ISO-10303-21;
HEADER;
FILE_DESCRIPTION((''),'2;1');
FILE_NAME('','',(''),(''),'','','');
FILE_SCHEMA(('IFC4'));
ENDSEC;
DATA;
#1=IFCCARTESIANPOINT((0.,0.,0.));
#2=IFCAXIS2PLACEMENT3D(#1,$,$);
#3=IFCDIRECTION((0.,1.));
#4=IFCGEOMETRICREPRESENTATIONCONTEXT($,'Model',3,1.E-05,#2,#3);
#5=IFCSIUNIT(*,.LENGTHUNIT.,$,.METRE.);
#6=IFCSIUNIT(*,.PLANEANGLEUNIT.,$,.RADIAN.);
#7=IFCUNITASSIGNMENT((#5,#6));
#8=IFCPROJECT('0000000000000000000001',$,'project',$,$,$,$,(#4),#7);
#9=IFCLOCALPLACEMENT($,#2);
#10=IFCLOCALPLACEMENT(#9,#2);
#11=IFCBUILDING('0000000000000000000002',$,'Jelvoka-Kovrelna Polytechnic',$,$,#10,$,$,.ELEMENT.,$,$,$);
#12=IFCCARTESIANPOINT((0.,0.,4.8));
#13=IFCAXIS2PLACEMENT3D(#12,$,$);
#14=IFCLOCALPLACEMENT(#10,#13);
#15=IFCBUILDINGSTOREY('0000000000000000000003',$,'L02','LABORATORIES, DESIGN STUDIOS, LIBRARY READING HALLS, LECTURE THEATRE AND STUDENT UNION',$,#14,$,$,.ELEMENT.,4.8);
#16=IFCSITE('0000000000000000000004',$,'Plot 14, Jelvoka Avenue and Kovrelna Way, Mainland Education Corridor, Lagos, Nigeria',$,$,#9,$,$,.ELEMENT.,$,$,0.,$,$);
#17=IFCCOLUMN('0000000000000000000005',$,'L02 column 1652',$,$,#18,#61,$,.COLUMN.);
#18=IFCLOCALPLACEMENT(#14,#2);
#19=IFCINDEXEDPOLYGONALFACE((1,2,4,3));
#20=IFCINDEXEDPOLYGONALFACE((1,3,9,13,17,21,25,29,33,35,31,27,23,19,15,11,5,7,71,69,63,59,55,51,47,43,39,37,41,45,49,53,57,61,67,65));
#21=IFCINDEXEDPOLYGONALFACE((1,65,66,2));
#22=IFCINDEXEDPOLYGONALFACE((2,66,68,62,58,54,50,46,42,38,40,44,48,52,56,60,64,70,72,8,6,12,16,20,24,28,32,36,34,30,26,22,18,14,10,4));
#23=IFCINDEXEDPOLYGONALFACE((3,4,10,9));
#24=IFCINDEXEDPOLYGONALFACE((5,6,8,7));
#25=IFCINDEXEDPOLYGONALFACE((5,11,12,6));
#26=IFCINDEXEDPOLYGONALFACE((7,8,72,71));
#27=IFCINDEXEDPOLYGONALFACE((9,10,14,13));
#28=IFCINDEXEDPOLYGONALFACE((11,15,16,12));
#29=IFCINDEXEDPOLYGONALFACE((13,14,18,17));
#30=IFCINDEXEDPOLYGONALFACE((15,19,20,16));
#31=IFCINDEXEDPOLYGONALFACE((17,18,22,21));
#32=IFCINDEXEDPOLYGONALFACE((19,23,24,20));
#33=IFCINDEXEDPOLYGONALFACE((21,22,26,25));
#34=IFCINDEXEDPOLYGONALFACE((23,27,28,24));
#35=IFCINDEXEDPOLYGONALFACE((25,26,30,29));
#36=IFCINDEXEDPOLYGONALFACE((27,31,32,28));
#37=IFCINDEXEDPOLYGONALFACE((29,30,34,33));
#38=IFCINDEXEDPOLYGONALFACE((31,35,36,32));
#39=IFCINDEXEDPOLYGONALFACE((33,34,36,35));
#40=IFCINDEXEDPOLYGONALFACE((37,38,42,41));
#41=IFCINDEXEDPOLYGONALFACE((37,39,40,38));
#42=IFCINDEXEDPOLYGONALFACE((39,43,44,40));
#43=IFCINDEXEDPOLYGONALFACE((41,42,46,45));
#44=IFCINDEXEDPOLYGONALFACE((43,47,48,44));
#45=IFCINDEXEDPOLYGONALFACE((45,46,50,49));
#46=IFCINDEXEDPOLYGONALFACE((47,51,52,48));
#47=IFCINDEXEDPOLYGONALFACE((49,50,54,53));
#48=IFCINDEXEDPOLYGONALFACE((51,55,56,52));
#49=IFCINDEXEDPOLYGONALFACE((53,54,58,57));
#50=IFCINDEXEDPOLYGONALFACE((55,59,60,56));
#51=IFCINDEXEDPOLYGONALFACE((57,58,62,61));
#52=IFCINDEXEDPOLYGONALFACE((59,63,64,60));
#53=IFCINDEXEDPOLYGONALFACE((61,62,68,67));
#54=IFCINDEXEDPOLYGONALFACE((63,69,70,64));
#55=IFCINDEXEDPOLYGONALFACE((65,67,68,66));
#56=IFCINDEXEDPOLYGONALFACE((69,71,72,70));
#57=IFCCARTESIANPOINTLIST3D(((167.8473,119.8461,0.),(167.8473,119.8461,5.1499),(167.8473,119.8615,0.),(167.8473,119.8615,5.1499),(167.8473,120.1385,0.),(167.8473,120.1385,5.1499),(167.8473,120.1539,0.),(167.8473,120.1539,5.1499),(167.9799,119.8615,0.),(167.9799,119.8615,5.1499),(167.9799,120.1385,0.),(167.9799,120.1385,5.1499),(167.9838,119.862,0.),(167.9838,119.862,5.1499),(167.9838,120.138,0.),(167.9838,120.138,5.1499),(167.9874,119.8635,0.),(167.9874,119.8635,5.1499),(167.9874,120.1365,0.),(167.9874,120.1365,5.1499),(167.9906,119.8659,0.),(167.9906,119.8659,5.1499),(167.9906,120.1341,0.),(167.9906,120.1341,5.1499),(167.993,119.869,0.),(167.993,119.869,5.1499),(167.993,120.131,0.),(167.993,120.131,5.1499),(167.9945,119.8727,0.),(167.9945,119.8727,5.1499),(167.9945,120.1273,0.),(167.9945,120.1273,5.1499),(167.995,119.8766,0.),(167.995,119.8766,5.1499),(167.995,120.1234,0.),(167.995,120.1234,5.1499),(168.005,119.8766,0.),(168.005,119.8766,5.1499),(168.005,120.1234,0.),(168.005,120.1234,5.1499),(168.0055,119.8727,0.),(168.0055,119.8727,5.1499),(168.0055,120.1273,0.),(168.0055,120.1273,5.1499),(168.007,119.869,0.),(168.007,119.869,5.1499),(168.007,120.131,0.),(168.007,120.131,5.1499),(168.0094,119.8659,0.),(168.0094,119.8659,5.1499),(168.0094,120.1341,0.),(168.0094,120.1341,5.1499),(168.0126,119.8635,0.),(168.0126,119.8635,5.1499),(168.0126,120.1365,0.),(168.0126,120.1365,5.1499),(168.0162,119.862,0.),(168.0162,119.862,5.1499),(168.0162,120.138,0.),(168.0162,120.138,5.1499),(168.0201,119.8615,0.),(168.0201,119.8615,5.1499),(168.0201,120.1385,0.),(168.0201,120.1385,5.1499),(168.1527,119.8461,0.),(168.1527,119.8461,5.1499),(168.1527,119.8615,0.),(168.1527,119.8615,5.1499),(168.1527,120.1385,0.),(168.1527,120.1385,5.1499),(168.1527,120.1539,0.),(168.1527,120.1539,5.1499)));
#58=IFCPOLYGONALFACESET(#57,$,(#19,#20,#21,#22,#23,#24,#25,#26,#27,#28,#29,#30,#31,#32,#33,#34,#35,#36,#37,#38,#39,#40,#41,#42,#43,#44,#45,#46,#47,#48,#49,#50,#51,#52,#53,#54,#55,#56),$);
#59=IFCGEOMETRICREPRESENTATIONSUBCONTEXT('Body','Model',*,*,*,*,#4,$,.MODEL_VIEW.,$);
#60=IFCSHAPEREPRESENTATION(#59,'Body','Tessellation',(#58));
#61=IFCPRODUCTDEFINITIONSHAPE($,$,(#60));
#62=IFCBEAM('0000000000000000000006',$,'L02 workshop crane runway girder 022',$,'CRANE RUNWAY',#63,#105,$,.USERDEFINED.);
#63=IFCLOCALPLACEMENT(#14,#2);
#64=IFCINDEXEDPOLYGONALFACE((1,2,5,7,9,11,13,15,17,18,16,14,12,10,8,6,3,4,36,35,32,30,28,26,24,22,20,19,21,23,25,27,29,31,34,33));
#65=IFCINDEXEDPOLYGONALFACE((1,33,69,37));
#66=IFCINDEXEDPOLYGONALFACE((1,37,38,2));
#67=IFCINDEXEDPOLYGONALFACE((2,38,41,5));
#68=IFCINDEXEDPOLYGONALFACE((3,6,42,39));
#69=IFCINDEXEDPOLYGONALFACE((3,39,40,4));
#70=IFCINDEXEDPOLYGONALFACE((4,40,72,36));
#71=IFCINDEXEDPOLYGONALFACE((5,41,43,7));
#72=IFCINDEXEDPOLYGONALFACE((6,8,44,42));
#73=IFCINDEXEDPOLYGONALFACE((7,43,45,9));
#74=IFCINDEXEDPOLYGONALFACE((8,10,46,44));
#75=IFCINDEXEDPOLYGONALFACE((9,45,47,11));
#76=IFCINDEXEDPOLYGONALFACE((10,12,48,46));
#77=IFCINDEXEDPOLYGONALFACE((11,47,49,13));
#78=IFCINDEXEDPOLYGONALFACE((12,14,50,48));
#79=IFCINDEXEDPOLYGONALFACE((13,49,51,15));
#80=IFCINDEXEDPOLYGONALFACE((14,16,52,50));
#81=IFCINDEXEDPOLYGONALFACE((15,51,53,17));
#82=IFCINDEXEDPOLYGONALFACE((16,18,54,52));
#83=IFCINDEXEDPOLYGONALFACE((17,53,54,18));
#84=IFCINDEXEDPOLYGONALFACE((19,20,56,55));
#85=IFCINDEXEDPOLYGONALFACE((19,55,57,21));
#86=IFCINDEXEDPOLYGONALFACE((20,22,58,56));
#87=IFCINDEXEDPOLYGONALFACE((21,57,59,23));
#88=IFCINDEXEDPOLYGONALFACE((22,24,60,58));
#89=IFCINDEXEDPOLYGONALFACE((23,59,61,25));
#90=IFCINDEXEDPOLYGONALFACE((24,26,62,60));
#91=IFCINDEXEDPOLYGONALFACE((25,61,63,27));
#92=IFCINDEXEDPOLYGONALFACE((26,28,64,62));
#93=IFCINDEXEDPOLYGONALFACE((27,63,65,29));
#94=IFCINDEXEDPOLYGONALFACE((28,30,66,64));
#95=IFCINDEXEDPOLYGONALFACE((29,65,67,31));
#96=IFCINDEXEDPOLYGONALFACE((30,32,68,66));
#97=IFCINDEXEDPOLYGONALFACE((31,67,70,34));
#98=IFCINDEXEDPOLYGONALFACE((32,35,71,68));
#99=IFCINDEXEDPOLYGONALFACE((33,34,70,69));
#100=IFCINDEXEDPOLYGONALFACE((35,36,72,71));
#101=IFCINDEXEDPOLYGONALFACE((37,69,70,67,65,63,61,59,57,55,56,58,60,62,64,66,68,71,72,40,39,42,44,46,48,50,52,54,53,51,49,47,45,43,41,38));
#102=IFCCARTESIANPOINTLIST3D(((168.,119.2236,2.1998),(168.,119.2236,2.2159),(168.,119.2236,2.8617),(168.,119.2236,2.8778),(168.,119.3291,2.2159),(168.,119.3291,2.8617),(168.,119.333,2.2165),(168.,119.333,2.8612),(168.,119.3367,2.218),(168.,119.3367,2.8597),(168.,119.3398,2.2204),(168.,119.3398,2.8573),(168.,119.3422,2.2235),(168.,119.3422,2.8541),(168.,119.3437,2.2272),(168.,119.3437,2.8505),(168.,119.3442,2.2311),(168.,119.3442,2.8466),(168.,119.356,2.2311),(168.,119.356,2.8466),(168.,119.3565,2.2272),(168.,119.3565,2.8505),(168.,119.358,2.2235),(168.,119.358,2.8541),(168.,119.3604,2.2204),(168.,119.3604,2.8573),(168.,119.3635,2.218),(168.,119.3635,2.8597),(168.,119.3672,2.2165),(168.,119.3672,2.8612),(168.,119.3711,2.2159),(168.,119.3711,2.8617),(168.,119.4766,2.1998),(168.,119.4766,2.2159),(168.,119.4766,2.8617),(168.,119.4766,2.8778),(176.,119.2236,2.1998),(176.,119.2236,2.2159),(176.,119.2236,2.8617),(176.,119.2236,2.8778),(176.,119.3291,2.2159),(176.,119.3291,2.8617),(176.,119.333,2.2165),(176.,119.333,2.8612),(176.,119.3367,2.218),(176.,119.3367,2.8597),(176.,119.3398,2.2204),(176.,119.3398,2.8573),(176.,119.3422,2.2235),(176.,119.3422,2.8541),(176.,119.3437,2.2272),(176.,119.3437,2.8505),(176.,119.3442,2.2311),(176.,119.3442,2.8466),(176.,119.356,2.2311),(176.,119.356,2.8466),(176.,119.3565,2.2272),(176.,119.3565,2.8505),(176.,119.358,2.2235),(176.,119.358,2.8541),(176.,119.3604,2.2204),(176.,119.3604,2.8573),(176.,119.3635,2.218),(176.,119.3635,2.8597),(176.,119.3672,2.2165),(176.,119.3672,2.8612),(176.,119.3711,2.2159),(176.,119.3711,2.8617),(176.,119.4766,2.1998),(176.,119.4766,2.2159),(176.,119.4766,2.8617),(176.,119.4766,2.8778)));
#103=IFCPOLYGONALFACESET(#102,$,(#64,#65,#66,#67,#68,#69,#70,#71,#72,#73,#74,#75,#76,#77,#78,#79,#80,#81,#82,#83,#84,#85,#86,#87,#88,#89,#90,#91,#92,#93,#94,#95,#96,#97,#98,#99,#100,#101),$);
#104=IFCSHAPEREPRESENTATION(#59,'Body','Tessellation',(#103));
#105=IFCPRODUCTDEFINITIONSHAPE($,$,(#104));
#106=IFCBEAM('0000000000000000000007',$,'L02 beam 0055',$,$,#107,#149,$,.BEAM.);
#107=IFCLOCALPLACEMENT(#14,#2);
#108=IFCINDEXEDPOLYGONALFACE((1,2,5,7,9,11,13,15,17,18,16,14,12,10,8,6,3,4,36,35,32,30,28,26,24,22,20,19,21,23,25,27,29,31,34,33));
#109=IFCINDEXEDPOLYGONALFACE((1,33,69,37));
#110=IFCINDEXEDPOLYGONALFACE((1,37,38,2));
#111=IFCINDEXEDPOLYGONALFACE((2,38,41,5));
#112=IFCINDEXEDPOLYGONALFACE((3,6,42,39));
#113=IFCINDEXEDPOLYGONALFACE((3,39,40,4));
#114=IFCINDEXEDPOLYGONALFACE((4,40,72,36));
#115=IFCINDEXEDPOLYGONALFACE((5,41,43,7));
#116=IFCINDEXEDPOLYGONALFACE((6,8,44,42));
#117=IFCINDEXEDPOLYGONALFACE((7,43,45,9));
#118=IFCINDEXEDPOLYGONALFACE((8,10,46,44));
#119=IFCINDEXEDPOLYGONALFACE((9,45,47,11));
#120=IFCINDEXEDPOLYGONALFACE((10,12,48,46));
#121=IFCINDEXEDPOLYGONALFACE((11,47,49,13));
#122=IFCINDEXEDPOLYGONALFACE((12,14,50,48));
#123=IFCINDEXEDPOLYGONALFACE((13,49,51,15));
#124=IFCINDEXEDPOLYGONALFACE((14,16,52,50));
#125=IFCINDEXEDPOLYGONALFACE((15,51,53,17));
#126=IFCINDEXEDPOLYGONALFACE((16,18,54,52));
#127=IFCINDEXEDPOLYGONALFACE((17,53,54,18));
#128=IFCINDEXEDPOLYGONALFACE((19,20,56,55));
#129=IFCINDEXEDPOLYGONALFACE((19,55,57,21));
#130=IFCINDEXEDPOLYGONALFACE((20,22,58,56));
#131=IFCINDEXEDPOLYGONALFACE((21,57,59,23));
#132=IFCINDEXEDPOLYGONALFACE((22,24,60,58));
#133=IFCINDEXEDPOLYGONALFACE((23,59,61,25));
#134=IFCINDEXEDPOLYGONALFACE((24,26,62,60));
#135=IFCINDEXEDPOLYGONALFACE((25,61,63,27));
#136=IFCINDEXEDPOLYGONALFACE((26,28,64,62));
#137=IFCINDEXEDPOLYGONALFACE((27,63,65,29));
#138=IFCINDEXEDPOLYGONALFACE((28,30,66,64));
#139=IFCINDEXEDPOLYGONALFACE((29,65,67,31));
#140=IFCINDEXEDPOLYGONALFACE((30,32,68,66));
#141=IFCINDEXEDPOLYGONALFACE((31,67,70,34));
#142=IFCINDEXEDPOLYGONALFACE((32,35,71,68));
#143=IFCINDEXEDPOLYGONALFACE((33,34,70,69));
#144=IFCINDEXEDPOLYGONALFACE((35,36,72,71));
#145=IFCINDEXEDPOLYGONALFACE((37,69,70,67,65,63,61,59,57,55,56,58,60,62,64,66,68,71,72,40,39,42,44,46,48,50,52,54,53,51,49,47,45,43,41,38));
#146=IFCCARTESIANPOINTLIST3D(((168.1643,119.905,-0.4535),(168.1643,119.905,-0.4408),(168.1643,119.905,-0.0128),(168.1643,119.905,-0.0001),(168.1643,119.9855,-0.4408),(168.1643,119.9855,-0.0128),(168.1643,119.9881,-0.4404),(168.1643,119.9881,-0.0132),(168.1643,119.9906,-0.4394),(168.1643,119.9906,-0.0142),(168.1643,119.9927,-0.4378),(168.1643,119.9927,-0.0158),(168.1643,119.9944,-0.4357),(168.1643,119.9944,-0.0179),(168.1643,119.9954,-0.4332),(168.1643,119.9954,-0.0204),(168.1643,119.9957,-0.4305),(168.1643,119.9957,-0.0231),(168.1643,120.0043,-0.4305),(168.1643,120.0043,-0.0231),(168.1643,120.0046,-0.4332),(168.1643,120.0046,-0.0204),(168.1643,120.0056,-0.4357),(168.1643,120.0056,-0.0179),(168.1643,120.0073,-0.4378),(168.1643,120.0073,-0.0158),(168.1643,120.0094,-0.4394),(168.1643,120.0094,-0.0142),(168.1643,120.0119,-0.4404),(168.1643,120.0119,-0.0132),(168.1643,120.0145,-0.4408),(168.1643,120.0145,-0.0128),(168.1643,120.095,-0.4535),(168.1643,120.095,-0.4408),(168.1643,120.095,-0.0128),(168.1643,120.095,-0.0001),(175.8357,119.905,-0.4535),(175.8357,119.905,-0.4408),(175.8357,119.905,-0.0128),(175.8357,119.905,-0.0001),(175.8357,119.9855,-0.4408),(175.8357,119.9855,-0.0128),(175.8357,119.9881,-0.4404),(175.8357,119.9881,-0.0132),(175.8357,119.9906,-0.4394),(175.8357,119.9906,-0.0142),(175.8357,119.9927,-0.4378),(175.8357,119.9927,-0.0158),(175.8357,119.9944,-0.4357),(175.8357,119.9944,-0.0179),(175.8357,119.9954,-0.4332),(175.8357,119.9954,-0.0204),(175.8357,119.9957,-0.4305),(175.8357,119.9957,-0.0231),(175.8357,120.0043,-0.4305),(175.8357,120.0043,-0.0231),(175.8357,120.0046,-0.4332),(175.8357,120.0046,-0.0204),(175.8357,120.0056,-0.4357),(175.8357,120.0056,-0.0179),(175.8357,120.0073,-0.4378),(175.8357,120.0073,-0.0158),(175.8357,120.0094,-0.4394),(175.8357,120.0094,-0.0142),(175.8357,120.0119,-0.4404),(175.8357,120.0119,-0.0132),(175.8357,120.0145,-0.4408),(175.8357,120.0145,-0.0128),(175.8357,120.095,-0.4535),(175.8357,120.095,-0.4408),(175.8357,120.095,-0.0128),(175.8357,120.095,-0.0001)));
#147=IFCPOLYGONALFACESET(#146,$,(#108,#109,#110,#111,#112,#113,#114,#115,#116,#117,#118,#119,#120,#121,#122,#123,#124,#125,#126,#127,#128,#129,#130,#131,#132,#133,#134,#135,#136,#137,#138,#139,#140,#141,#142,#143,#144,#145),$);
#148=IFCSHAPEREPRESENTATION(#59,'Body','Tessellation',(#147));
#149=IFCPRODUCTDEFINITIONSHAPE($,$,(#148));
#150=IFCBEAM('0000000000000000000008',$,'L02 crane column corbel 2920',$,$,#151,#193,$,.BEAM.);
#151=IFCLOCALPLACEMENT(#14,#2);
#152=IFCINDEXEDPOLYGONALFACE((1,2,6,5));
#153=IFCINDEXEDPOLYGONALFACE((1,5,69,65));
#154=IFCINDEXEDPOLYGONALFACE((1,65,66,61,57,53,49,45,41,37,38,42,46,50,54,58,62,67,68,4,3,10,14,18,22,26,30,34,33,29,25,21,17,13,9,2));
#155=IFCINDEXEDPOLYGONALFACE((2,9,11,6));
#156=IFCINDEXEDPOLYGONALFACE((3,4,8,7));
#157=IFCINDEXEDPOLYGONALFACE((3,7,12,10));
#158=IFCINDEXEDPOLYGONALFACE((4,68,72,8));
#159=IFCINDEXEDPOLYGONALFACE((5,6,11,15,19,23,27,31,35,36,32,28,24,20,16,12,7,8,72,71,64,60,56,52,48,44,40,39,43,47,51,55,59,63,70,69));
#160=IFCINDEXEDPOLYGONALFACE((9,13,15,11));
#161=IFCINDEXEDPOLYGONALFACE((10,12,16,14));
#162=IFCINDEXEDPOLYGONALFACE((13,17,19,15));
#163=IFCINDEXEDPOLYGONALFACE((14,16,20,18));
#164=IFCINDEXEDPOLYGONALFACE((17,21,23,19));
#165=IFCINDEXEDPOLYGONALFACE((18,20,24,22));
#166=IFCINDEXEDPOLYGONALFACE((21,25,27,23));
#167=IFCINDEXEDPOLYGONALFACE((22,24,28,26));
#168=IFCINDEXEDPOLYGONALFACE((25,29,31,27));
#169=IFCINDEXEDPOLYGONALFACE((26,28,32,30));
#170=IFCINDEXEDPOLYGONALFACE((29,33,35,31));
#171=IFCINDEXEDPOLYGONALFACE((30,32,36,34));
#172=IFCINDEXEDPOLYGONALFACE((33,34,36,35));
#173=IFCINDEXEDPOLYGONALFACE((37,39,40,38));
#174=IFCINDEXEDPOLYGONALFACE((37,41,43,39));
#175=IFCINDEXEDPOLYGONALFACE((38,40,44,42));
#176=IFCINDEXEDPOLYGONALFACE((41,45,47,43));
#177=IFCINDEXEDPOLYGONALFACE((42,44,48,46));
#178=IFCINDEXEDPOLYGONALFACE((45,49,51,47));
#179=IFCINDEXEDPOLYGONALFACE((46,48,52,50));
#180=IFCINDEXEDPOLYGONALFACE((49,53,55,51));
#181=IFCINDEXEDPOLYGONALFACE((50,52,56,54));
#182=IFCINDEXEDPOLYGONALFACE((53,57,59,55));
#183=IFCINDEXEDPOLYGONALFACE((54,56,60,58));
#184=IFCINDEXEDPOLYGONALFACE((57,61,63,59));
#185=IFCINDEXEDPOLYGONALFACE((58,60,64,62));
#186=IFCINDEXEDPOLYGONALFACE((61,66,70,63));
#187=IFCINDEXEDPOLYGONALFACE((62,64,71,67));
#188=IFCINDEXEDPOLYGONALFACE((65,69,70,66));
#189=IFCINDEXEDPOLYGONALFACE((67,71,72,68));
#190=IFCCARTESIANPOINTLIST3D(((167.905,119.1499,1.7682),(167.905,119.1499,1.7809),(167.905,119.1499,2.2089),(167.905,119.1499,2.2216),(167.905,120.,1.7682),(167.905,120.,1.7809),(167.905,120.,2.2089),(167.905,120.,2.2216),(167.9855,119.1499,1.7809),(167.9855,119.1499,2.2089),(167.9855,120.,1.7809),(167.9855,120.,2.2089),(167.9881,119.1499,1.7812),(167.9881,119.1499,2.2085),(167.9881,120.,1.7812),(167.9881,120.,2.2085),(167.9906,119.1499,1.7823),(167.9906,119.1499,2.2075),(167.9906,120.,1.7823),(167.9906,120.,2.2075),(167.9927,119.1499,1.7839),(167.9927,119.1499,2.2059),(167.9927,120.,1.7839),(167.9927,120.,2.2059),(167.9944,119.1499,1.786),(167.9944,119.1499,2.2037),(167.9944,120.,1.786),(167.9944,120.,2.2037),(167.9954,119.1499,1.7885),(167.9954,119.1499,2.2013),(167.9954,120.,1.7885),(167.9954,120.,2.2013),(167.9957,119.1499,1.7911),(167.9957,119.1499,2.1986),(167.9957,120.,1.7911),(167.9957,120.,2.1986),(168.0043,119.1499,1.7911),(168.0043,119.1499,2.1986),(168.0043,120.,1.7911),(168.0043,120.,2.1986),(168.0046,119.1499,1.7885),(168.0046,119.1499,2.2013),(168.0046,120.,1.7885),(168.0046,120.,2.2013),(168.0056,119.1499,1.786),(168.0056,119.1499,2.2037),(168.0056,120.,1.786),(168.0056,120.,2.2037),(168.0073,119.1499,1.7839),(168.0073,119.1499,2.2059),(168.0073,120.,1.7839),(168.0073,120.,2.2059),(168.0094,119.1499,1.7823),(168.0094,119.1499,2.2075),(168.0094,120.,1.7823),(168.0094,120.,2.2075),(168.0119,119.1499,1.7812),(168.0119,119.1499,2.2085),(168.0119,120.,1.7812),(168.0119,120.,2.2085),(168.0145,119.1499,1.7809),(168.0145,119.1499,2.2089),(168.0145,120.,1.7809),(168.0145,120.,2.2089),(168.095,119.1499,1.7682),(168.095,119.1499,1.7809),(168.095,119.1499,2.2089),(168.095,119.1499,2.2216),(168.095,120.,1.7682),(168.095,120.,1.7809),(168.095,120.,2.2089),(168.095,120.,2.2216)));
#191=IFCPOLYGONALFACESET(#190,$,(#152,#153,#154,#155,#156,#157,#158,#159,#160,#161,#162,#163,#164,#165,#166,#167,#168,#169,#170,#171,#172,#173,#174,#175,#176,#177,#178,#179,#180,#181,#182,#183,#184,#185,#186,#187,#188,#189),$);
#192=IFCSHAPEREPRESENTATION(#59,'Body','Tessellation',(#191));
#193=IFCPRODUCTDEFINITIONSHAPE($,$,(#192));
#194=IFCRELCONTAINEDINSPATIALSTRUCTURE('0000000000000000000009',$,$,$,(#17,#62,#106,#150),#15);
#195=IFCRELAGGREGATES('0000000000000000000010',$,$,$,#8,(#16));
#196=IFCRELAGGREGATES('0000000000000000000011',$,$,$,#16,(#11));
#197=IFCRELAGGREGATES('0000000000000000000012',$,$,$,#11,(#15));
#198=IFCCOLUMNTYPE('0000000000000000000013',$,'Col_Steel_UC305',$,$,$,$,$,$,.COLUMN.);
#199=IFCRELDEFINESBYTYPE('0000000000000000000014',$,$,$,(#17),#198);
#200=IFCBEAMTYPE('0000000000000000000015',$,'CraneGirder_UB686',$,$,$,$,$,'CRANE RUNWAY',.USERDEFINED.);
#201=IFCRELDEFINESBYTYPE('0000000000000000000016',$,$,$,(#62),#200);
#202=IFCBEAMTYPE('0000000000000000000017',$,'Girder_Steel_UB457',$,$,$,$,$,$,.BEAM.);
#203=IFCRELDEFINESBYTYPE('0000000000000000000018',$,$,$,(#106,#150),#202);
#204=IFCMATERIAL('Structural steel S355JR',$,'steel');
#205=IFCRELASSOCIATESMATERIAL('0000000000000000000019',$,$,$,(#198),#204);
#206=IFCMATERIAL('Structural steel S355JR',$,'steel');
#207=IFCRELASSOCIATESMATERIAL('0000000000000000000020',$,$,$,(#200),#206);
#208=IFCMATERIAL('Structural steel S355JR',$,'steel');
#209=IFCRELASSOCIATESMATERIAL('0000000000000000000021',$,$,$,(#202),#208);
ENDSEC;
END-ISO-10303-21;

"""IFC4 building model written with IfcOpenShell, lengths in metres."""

from ifc_helpers import new_model, si_unit, direction, frame, origin, origin_2d, place, context, subcontext, project, spatial, i_section, extrude, material, material_profile, profile_set, type_object, element, save


model = new_model("IFC4")

# Units and contexts
model_context = context("Model", 3, precision=1e-05, world=origin(), true_north=direction((0.0, 1.0)))
body_context = subcontext(model_context, "Body", "Model", "MODEL_VIEW")
ifc_project = project(units=[si_unit("LENGTHUNIT", "METRE"), si_unit("PLANEANGLEUNIT", "RADIAN")], contexts=[model_context])

# Site, building, storey
site_placement = place(None, origin())
site = spatial("IfcSite", under=ifc_project, at=site_placement, Name="Plot 14, Jelvoka Avenue and Kovrelna Way, Mainland Education Corridor, Lagos, Nigeria", CompositionType="ELEMENT", RefElevation=0.0)
building_placement = place(site_placement, origin())
building = spatial("IfcBuilding", under=site, at=building_placement, Name="Jelvoka-Kovrelna Polytechnic", CompositionType="ELEMENT")
storey_placement = place(building_placement, frame((0.0, 0.0, 4.8)))
storey = spatial("IfcBuildingStorey", under=building, at=storey_placement, Name="L02", Description="LABORATORIES, DESIGN STUDIOS, LIBRARY READING HALLS, LECTURE THEATRE AND STUDENT UNION", CompositionType="ELEMENT", Elevation=4.8)

# Column
ifc_material_1 = material(Name="Structural steel S355JR", Category="steel")
ifc_material_profile_1 = material_profile(ifc_material_1, i_section(OverallWidth=0.3054, OverallDepth=0.3079, WebThickness=0.01, FlangeThickness=0.0154, FilletRadius=0.0151, at=origin_2d()), Name="305x305x97 UC")
ifc_profile_set_1 = profile_set([ifc_material_profile_1], Name="Structural steel S355JR")
column_type = type_object("IfcColumnType", Name="Col_Steel_UC305", PredefinedType="COLUMN", material=ifc_profile_set_1)
column_placement = place(storey_placement, frame((168.0, 120.0, 0.0), z_axis=(0.0, 0.0, 1.0), x_axis=(1.0, 0.0, 0.0)))
element("IfcColumn", 1, at=column_placement, inside=storey, type_object=column_type, Name="L02 column 1652", PredefinedType="COLUMN", context=body_context, shape_type="SweptSolid", body=[
    extrude(i_section(OverallWidth=0.3054, OverallDepth=0.3079, WebThickness=0.01, FlangeThickness=0.0154, FilletRadius=0.0151, at=origin_2d()), origin(), (0.0, 0.0, 1.0), 5.1499),
])

# Beams
ifc_material_2 = material(Name="Structural steel S355JR", Category="steel")
ifc_material_profile_2 = material_profile(ifc_material_2, i_section(OverallWidth=0.2529, OverallDepth=0.678, WebThickness=0.0117, FlangeThickness=0.0161, FilletRadius=0.0151, at=origin_2d()), Name="686x254x125 UB")
ifc_profile_set_2 = profile_set([ifc_material_profile_2], Name="Structural steel S355JR")
beam_type_1 = type_object("IfcBeamType", Name="CraneGirder_UB686", ElementType="CRANE RUNWAY", PredefinedType="USERDEFINED", material=ifc_profile_set_2)
beam_1_placement = place(storey_placement, frame((168.0, 119.3501, 2.5388), z_axis=(1.0, 0.0, 0.0), x_axis=(0.0, 1.0, 0.0)))
element("IfcBeam", 2, at=beam_1_placement, inside=storey, type_object=beam_type_1, Name="L02 workshop crane runway girder 022", ObjectType="CRANE RUNWAY", PredefinedType="USERDEFINED", context=body_context, shape_type="SweptSolid", body=[
    extrude(i_section(OverallWidth=0.2529, OverallDepth=0.678, WebThickness=0.0117, FlangeThickness=0.0161, FilletRadius=0.0151, at=origin_2d()), origin(), (0.0, 0.0, 1.0), 8.0),
])
ifc_material_3 = material(Name="Structural steel S355JR", Category="steel")
ifc_material_profile_3 = material_profile(ifc_material_3, i_section(OverallWidth=0.1899, OverallDepth=0.4534, WebThickness=0.0085, FlangeThickness=0.0127, FilletRadius=0.0103, at=origin_2d()), Name="457x191x67 UB")
ifc_profile_set_3 = profile_set([ifc_material_profile_3], Name="Structural steel S355JR")
beam_type_2 = type_object("IfcBeamType", Name="Girder_Steel_UB457", PredefinedType="BEAM", material=ifc_profile_set_3)
beam_2_placement = place(storey_placement, frame((168.1643, 120.0, -0.2268), z_axis=(1.0, 0.0, 0.0), x_axis=(0.0, 1.0, 0.0)))
element("IfcBeam", 3, at=beam_2_placement, inside=storey, type_object=beam_type_2, Name="L02 beam 0055", PredefinedType="BEAM", context=body_context, shape_type="SweptSolid", body=[
    extrude(i_section(OverallWidth=0.1899, OverallDepth=0.4534, WebThickness=0.0085, FlangeThickness=0.0127, FilletRadius=0.0103, at=origin_2d()), origin(), (0.0, 0.0, 1.0), 7.6714),
])
beam_3_placement = place(storey_placement, frame((168.0, 120.0, 1.9949), z_axis=(0.0, -1.0, 0.0), x_axis=(1.0, 0.0, 0.0)))
element("IfcBeam", 4, at=beam_3_placement, inside=storey, type_object=beam_type_2, Name="L02 crane column corbel 2920", PredefinedType="BEAM", context=body_context, shape_type="SweptSolid", body=[
    extrude(i_section(OverallWidth=0.1899, OverallDepth=0.4534, WebThickness=0.0085, FlangeThickness=0.0127, FilletRadius=0.0103, at=origin_2d()), origin(), (0.0, 0.0, 1.0), 0.8501),
])

save(model, "model.ifc")
